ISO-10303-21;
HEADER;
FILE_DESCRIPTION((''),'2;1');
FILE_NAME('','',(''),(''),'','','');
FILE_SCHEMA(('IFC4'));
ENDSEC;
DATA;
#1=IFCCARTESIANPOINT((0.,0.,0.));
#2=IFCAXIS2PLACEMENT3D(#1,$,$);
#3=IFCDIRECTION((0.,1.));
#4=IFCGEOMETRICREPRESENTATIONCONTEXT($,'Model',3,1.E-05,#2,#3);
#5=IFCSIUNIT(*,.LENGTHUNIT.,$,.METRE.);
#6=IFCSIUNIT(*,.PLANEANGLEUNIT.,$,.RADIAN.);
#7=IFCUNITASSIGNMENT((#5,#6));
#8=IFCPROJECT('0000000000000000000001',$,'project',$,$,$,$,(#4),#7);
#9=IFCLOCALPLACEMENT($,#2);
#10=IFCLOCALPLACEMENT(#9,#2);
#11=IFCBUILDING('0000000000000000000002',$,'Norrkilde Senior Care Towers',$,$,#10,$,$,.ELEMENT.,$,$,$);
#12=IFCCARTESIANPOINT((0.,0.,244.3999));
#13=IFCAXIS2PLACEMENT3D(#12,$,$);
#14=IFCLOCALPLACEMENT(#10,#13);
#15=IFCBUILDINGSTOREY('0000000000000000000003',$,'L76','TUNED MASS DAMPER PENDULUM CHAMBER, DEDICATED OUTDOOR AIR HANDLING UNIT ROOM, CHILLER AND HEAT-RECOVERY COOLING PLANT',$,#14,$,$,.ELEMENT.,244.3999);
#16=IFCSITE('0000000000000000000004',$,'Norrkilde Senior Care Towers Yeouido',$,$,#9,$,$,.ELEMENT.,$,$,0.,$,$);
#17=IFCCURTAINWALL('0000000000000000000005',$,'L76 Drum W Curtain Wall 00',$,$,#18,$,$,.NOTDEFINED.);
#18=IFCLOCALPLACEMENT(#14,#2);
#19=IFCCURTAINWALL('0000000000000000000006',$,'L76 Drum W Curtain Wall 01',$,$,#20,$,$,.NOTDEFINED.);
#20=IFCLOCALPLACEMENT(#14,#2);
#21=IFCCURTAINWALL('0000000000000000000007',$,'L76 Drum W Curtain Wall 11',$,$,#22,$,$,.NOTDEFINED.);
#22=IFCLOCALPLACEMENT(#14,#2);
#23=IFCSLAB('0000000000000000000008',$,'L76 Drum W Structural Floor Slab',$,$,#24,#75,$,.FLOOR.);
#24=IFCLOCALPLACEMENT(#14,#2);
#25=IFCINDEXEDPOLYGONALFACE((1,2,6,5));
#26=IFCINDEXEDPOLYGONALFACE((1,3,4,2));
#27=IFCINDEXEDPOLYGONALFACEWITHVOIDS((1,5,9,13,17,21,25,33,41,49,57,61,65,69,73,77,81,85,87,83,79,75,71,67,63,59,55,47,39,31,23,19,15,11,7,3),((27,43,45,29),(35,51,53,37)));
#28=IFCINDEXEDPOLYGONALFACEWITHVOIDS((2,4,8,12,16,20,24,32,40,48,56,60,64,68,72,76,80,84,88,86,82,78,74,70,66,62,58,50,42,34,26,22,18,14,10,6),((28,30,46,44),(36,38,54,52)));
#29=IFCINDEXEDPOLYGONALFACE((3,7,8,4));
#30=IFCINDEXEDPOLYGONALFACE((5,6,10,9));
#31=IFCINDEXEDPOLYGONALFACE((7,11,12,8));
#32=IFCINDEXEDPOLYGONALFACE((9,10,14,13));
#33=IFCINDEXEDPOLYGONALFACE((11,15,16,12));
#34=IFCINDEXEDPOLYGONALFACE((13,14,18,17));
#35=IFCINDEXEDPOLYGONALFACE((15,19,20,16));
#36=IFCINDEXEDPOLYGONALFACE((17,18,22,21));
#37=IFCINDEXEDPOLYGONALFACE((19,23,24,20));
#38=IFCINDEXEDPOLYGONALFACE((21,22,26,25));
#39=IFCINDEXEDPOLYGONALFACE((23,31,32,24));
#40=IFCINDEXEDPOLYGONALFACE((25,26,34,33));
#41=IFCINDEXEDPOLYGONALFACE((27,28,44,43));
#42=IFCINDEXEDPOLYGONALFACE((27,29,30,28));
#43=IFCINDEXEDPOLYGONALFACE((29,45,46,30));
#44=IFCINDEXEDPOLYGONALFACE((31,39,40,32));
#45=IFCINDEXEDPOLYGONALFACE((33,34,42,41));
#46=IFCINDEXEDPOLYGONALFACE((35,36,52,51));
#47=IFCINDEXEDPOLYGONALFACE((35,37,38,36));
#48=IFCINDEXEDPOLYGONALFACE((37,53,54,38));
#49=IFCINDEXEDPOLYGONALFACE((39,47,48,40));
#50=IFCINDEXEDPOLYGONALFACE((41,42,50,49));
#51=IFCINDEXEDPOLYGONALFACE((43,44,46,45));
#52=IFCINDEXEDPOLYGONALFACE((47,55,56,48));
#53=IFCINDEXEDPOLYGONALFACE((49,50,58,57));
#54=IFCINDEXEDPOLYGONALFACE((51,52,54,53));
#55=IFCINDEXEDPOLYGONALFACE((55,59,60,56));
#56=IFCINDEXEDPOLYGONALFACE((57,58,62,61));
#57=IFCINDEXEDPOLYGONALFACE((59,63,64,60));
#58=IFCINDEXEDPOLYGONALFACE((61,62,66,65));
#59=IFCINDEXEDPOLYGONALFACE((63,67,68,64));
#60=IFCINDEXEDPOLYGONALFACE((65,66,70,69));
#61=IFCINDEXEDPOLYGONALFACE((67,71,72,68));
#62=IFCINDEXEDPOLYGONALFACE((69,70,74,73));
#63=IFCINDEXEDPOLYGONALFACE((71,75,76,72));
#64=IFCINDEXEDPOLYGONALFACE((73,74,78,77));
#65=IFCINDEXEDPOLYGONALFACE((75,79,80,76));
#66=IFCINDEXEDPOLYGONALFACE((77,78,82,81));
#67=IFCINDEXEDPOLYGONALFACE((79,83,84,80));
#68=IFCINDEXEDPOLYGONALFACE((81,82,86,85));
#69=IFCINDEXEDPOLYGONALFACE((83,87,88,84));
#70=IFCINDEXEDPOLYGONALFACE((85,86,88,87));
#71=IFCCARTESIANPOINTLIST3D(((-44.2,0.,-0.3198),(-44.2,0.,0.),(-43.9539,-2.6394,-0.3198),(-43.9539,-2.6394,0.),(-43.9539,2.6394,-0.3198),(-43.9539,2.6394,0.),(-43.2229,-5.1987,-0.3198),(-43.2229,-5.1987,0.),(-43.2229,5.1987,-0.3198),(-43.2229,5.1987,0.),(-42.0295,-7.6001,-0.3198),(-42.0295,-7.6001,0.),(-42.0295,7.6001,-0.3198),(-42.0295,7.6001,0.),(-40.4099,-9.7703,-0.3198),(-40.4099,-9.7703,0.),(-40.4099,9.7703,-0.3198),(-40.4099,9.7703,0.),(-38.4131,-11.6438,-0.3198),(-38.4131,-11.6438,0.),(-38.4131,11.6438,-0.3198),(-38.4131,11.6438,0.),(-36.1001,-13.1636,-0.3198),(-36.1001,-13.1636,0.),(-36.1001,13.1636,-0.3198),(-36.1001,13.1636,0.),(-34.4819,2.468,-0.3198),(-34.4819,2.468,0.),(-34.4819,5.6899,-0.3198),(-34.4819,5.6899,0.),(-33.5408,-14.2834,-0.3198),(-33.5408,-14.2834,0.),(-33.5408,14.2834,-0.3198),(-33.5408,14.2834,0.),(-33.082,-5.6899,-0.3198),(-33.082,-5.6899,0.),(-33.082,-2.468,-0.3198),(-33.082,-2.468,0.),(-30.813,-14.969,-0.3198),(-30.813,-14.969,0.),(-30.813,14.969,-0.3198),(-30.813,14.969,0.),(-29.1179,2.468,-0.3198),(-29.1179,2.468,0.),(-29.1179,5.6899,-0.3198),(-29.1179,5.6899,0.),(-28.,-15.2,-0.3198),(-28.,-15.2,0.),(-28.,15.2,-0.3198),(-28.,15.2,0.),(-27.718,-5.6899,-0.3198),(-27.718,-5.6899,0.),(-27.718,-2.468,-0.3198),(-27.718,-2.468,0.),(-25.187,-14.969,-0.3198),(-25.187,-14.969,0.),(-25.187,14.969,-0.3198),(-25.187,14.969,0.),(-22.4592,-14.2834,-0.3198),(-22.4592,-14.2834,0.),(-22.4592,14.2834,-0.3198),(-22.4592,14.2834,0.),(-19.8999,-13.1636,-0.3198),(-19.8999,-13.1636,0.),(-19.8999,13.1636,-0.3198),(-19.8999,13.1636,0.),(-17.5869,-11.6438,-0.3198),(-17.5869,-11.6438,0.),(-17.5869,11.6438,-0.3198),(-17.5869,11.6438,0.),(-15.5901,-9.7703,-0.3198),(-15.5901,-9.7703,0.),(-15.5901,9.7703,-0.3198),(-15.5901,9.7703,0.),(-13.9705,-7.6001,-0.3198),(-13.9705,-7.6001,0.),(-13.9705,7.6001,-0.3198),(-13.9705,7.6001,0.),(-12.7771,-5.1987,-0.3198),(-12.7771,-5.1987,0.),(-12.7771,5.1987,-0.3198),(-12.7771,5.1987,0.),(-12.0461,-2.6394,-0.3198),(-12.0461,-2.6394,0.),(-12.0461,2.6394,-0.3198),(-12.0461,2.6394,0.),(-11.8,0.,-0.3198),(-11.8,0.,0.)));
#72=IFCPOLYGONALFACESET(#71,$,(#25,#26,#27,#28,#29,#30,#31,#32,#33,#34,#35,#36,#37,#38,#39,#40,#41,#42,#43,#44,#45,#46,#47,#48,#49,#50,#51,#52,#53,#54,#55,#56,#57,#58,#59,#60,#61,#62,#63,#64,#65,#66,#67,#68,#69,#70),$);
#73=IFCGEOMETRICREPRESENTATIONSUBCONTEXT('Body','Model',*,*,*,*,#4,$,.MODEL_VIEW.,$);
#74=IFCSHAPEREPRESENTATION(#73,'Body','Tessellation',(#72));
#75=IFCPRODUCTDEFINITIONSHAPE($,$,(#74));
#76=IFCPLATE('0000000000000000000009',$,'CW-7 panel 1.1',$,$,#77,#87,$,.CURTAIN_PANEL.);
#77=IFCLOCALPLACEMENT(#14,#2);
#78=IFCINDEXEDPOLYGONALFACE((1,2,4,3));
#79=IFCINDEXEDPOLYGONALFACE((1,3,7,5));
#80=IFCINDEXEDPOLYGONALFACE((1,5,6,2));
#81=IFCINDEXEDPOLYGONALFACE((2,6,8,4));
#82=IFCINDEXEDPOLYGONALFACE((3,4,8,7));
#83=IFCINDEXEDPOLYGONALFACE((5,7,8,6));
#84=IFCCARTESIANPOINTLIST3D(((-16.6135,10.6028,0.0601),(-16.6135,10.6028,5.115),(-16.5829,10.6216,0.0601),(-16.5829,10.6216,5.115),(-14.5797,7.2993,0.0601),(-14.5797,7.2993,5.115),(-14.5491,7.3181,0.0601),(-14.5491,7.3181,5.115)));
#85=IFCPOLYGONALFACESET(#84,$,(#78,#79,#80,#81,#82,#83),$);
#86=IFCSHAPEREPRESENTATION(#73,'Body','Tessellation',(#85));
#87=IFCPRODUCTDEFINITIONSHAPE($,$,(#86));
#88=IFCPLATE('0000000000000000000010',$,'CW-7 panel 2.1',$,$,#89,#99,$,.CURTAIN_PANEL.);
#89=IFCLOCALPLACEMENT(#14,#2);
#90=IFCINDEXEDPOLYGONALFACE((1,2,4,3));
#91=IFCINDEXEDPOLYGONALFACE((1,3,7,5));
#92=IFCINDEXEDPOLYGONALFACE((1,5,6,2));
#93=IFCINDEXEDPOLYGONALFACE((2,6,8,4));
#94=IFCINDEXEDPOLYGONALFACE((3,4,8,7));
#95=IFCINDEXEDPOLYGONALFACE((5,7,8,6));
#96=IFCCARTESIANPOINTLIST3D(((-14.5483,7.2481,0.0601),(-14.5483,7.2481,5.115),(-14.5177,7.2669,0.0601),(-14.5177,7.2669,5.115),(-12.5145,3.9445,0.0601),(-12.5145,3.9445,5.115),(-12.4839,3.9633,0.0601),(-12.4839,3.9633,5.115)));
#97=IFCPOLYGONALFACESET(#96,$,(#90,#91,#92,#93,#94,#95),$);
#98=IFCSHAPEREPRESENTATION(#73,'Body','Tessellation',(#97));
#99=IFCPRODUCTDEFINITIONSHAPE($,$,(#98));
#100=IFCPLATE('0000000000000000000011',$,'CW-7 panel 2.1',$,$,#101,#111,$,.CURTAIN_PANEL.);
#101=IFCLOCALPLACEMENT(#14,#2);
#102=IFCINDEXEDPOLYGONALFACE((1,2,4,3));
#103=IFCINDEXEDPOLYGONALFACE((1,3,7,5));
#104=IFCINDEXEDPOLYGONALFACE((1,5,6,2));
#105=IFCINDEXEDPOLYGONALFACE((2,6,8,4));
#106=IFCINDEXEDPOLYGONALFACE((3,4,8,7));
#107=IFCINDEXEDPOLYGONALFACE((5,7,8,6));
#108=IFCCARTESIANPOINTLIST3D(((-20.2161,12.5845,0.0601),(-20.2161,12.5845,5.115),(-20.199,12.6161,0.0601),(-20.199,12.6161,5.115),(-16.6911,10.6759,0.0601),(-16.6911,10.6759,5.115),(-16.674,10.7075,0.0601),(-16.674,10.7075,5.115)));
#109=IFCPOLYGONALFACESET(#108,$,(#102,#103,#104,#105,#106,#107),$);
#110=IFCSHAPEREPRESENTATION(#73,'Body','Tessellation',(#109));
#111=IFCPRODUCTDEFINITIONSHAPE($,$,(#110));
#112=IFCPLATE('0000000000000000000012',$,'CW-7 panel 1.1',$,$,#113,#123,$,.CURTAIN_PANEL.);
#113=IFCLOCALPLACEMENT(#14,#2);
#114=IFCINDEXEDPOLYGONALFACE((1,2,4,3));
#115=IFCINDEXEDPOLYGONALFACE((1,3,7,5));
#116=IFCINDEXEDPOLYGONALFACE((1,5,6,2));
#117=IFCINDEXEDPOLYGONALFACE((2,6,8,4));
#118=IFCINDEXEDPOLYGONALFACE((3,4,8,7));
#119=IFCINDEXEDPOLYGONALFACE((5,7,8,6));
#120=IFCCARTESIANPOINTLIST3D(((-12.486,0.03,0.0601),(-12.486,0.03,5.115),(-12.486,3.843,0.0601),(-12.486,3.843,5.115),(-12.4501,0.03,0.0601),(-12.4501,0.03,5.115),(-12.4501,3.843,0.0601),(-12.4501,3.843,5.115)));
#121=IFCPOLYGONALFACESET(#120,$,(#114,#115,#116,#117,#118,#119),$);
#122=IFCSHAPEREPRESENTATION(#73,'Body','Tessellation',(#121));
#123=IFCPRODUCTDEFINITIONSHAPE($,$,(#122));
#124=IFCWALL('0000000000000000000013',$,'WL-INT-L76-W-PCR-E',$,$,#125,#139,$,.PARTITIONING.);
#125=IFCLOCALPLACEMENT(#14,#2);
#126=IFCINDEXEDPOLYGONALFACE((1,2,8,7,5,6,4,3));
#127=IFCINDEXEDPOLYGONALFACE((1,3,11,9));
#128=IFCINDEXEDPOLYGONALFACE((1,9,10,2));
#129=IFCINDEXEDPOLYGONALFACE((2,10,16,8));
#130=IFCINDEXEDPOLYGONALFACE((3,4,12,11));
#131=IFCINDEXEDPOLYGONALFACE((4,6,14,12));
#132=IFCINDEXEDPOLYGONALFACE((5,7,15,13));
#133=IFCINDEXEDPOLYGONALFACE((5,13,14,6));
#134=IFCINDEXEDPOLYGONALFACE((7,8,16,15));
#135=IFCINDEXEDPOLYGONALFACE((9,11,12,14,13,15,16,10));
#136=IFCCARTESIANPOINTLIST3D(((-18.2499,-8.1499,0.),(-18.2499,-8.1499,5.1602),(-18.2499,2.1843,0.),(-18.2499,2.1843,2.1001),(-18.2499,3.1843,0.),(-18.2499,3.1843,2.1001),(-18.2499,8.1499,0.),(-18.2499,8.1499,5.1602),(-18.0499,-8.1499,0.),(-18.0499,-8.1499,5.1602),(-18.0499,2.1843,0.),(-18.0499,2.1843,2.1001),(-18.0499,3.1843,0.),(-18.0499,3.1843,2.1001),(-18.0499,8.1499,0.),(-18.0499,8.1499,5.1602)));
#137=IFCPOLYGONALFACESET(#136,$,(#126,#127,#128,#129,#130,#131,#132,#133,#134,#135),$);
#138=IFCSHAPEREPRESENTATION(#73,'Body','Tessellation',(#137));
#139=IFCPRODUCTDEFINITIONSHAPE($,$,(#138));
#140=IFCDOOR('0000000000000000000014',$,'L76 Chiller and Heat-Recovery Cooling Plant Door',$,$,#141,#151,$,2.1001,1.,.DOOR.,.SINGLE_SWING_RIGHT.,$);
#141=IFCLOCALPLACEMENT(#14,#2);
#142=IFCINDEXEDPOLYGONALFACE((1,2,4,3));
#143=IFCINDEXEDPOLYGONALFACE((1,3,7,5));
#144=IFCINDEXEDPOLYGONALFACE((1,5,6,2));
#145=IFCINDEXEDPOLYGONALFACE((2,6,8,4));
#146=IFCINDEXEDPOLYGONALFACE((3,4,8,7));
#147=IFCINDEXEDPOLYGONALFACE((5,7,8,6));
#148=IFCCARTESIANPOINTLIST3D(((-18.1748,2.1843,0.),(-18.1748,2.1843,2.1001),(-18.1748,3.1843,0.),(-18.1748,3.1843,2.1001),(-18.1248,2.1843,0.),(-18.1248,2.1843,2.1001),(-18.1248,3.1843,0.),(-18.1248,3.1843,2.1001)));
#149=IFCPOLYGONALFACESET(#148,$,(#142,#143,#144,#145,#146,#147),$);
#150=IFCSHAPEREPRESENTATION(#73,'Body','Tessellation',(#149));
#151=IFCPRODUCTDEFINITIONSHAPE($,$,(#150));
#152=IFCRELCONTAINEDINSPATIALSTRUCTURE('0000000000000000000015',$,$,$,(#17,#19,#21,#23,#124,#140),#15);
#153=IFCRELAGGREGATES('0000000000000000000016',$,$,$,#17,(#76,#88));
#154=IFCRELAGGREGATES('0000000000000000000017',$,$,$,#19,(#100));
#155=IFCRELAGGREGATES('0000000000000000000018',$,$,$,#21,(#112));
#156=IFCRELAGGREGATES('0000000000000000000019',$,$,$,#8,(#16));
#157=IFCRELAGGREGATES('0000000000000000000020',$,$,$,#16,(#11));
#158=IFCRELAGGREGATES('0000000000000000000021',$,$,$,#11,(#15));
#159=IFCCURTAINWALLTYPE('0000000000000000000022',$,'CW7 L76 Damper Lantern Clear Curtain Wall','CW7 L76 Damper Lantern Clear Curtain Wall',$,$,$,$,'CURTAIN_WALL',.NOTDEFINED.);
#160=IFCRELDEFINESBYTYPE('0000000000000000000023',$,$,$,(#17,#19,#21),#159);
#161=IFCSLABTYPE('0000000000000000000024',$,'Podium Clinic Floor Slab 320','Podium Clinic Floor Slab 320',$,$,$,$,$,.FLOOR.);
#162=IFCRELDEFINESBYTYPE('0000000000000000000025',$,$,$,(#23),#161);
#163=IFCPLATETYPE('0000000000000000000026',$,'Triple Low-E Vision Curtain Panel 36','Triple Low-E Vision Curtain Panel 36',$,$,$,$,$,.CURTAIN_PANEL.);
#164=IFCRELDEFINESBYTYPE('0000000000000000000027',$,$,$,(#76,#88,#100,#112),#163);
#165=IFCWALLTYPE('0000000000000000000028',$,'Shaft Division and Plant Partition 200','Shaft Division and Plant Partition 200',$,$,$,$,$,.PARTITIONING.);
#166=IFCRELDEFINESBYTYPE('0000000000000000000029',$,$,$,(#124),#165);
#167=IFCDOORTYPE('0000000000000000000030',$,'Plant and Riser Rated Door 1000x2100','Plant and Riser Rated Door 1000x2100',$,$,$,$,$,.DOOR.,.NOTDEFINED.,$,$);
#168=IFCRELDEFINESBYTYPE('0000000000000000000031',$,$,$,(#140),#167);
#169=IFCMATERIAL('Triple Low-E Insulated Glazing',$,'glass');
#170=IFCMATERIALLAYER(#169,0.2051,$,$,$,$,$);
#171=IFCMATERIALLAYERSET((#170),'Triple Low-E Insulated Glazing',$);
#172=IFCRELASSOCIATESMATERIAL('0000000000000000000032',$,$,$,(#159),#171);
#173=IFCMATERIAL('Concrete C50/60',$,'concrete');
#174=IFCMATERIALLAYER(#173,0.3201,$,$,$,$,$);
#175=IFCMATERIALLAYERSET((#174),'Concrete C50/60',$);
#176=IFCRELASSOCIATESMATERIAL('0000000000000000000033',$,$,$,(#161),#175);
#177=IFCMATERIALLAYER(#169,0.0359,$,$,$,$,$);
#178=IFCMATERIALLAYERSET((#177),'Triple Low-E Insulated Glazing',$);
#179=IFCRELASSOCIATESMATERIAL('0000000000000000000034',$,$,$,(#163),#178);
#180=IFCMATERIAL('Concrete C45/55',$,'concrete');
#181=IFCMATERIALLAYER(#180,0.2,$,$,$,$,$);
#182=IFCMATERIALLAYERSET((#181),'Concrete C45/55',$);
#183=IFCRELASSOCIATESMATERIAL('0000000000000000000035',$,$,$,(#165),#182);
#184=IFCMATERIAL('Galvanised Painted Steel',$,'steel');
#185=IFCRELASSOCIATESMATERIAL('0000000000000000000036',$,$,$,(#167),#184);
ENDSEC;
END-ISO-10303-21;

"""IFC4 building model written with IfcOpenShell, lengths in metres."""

from ifc_helpers import new_model, si_unit, direction, frame, frame_2d, origin, origin_2d, place, context, subcontext, project, spatial, polyline, rectangle, outline, extrude, source, transform, mapped, material, layer, layer_set, type_object, type_shapes, element, fill, aggregate, save


model = new_model("IFC4")

# Units and contexts
model_context = context("Model", 3, precision=1e-05, world=origin(), true_north=direction((0.0, 1.0)))
body_context = subcontext(model_context, "Body", "Model", "MODEL_VIEW")
ifc_project = project(units=[si_unit("LENGTHUNIT", "METRE"), si_unit("PLANEANGLEUNIT", "RADIAN")], contexts=[model_context])

# Site, building, storey
site_placement = place(None, origin())
site = spatial("IfcSite", under=ifc_project, at=site_placement, Name="Norrkilde Senior Care Towers Yeouido", CompositionType="ELEMENT", RefElevation=0.0)
building_placement = place(site_placement, origin())
building = spatial("IfcBuilding", under=site, at=building_placement, Name="Norrkilde Senior Care Towers", CompositionType="ELEMENT")
storey_placement = place(building_placement, frame((0.0, 0.0, 244.3999)))
storey = spatial("IfcBuildingStorey", under=building, at=storey_placement, Name="L76", Description="TUNED MASS DAMPER PENDULUM CHAMBER, DEDICATED OUTDOOR AIR HANDLING UNIT ROOM, CHILLER AND HEAT-RECOVERY COOLING PLANT", CompositionType="ELEMENT", Elevation=244.3999)

# Shared definitions
ifc_material_1 = material(Name="Concrete C50/60", Category="concrete")

# Curtain wall
ifc_material_2 = material(Name="Triple Low-E Insulated Glazing", Category="glass")
ifc_layer_1 = layer(ifc_material_2, 0.2051)
ifc_layer_set_1 = layer_set([ifc_layer_1], Name="Triple Low-E Insulated Glazing")
curtain_wall_type = type_object("IfcCurtainWallType", Name="CW7 L76 Damper Lantern Clear Curtain Wall", Description="CW7 L76 Damper Lantern Clear Curtain Wall", ElementType="CURTAIN_WALL", PredefinedType="NOTDEFINED", material=ifc_layer_set_1)
curtain_wall_1_placement = place(storey_placement, origin())
curtain_wall_1 = element("IfcCurtainWall", 1, at=curtain_wall_1_placement, inside=storey, type_object=curtain_wall_type, Name="L76 Drum W Curtain Wall 00", PredefinedType="NOTDEFINED")

# Curtain wall
curtain_wall_2_placement = place(storey_placement, origin())
curtain_wall_2 = element("IfcCurtainWall", 2, at=curtain_wall_2_placement, inside=storey, type_object=curtain_wall_type, Name="L76 Drum W Curtain Wall 01", PredefinedType="NOTDEFINED")

# Curtain wall
curtain_wall_3_placement = place(storey_placement, origin())
curtain_wall_3 = element("IfcCurtainWall", 3, at=curtain_wall_3_placement, inside=storey, type_object=curtain_wall_type, Name="L76 Drum W Curtain Wall 11", PredefinedType="NOTDEFINED")

# Slab
ifc_layer_2 = layer(ifc_material_1, 0.3201)
ifc_layer_set_2 = layer_set([ifc_layer_2], Name="Concrete C50/60")
slab_type = type_object("IfcSlabType", Name="Podium Clinic Floor Slab 320", Description="Podium Clinic Floor Slab 320", PredefinedType="FLOOR", material=ifc_layer_set_2)
slab_placement = place(storey_placement, frame((0.0, 0.0, -0.3198)))
element("IfcSlab", 4, at=slab_placement, inside=storey, type_object=slab_type, Name="L76 Drum W Structural Floor Slab", PredefinedType="FLOOR", context=body_context, shape_type="SweptSolid", body=[
    extrude(outline(polyline([(-12.7771, -5.1987), (-13.9705, -7.6001), (-15.5901, -9.7703), (-17.5869, -11.6438), (-19.8999, -13.1636), (-22.4592, -14.2834), (-25.187, -14.969), (-28.0, -15.2), (-30.813, -14.969), (-33.5408, -14.2834), (-36.1001, -13.1636), (-38.4131, -11.6438), (-40.4099, -9.7703), (-42.0295, -7.6001), (-43.2229, -5.1987), (-43.9539, -2.6394), (-44.2, 0.0), (-43.9539, 2.6394), (-43.2229, 5.1987), (-42.0295, 7.6001), (-40.4099, 9.7703), (-38.4131, 11.6438), (-36.1001, 13.1636), (-33.5408, 14.2834), (-30.813, 14.969), (-28.0, 15.2), (-25.187, 14.969), (-22.4592, 14.2834), (-19.8999, 13.1636), (-17.5869, 11.6438), (-15.5901, 9.7703), (-13.9705, 7.6001), (-12.7771, 5.1987), (-12.0461, 2.6394), (-11.8, 0.0), (-12.0461, -2.6394), (-12.7771, -5.1987)]), holes=[polyline([(-34.4819, 2.468), (-29.1179, 2.468), (-29.1179, 5.6899), (-34.4819, 5.6899), (-34.4819, 2.468)]), polyline([(-27.718, -5.6899), (-27.718, -2.468), (-33.082, -2.468), (-33.082, -5.6899), (-27.718, -5.6899)])]), origin(), (0.0, 0.0, 1.0), 0.3198),
])

# Plates
ifc_layer_3 = layer(ifc_material_2, 0.0359)
ifc_layer_set_3 = layer_set([ifc_layer_3], Name="Triple Low-E Insulated Glazing")
plate_type = type_object("IfcPlateType", Name="Triple Low-E Vision Curtain Panel 36", Description="Triple Low-E Vision Curtain Panel 36", PredefinedType="CURTAIN_PANEL", material=ifc_layer_set_3)
shared_shape_1 = source(origin(), body_context, "Body", "SweptSolid", [
    extrude(rectangle(XDim=3.8794, YDim=0.0359, at=origin_2d()), origin(), (0.0, 0.0, 1.0), 5.0549),
])
plate_1_placement = place(storey_placement, frame((-15.5813, 8.9604, 0.0601), z_axis=(0.0, 0.0, 1.0), x_axis=(0.524253, -0.851563, 0.0)))
plate_1 = element("IfcPlate", 5, at=plate_1_placement, type_object=plate_type, Name="CW-7 panel 1.1", PredefinedType="CURTAIN_PANEL", context=body_context, shape_type="MappedRepresentation", body=[
    mapped(shared_shape_1, transform((0.0, 0.0, 0.0), x_axis=(1.0, 0.0, 0.0), y_axis=(0.0, 1.0, 0.0), z_axis=(0.0, 0.0, 1.0), scale=1.0)),
])
plate_2_placement = place(storey_placement, frame((-13.5161, 5.6057, 0.0601), z_axis=(0.0, 0.0, 1.0), x_axis=(0.524253, -0.851563, 0.0)))
plate_2 = element("IfcPlate", 6, at=plate_2_placement, type_object=plate_type, Name="CW-7 panel 2.1", PredefinedType="CURTAIN_PANEL", context=body_context, shape_type="MappedRepresentation", body=[
    mapped(shared_shape_1, transform((0.0, 0.0, 0.0), x_axis=(1.0, 0.0, 0.0), y_axis=(0.0, 1.0, 0.0), z_axis=(0.0, 0.0, 1.0), scale=1.0)),
])
aggregate(curtain_wall_1, [plate_1, plate_2])
shared_shape_2 = source(origin(), body_context, "Body", "SweptSolid", [
    extrude(rectangle(XDim=4.0085, YDim=0.0359, at=origin_2d()), origin(), (0.0, 0.0, 1.0), 5.0549),
])
plate_3_placement = place(storey_placement, frame((-18.4451, 11.646, 0.0601), z_axis=(0.0, 0.0, 1.0), x_axis=(0.879373, -0.476133, 0.0)))
plate_3 = element("IfcPlate", 7, at=plate_3_placement, type_object=plate_type, Name="CW-7 panel 2.1", PredefinedType="CURTAIN_PANEL", context=body_context, shape_type="MappedRepresentation", body=[
    mapped(shared_shape_2, transform((0.0, 0.0, 0.0), x_axis=(1.0, 0.0, 0.0), y_axis=(0.0, 1.0, 0.0), z_axis=(0.0, 0.0, 1.0), scale=1.0)),
])
aggregate(curtain_wall_2, [plate_3])
shared_shape_3 = source(origin(), body_context, "Body", "SweptSolid", [
    extrude(rectangle(XDim=3.813, YDim=0.0359, at=origin_2d()), origin(), (0.0, 0.0, 1.0), 5.0549),
])
type_shapes(plate_type, [shared_shape_1, shared_shape_2, shared_shape_3])
plate_4_placement = place(storey_placement, frame((-12.468, 1.9365, 0.0601), z_axis=(0.0, 0.0, 1.0), x_axis=(0.0, -1.0, 0.0)))
plate_4 = element("IfcPlate", 8, at=plate_4_placement, type_object=plate_type, Name="CW-7 panel 1.1", PredefinedType="CURTAIN_PANEL", context=body_context, shape_type="MappedRepresentation", body=[
    mapped(shared_shape_3, transform((0.0, 0.0, 0.0), x_axis=(1.0, 0.0, 0.0), y_axis=(0.0, 1.0, 0.0), z_axis=(0.0, 0.0, 1.0), scale=1.0)),
])
aggregate(curtain_wall_3, [plate_4])

# Wall, opening, door
ifc_material_3 = material(Name="Concrete C45/55", Category="concrete")
ifc_layer_4 = layer(ifc_material_3, 0.2)
ifc_layer_set_4 = layer_set([ifc_layer_4], Name="Concrete C45/55")
wall_type = type_object("IfcWallType", Name="Shaft Division and Plant Partition 200", Description="Shaft Division and Plant Partition 200", PredefinedType="PARTITIONING", material=ifc_layer_set_4)
shared_shape_4 = source(origin(), body_context, "Body", "SweptSolid", [
    extrude(rectangle(XDim=16.2998, YDim=0.2, at=frame_2d((8.1499, 0.0))), origin(), (0.0, 0.0, 1.0), 5.1602),
])
type_shapes(wall_type, [shared_shape_4])
wall_placement = place(storey_placement, frame((-18.1499, 8.1499, 0.0), z_axis=(0.0, 0.0, 1.0), x_axis=(0.0, -1.0, 0.0)))
wall = element("IfcWall", 9, at=wall_placement, inside=storey, type_object=wall_type, Name="WL-INT-L76-W-PCR-E", PredefinedType="PARTITIONING", context=body_context, shape_type="MappedRepresentation", body=[
    mapped(shared_shape_4, transform((0.0, 0.0, 0.0), x_axis=(1.0, 0.0, 0.0), y_axis=(0.0, 1.0, 0.0), z_axis=(0.0, 0.0, 1.0), scale=1.0)),
])
opening_placement = place(wall_placement, frame((4.9656, 0.0, 0.0)))
opening = element("IfcOpeningElement", 10, at=opening_placement, cuts=wall, PredefinedType="OPENING", context=body_context, shape_type="SweptSolid", body=[
    extrude(rectangle(XDim=1.0, YDim=2.1001, at=frame_2d((0.5, 1.05))), frame((0.0, 0.1099, 0.0), z_axis=(0.0, -1.0, 0.0), x_axis=(1.0, 0.0, 0.0)), (0.0, 0.0, 1.0), 0.22),
])
ifc_material_4 = material(Name="Galvanised Painted Steel", Category="steel")
door_type = type_object("IfcDoorType", Name="Plant and Riser Rated Door 1000x2100", Description="Plant and Riser Rated Door 1000x2100", OperationType="NOTDEFINED", PredefinedType="DOOR", material=ifc_material_4)
shared_shape_5 = source(origin(), body_context, "Body", "SweptSolid", [
    extrude(rectangle(XDim=1.0, YDim=2.1001, at=frame_2d((0.5, 1.05))), frame((0.0, 0.0249, 0.0), z_axis=(0.0, -1.0, 0.0), x_axis=(1.0, 0.0, 0.0)), (0.0, 0.0, 1.0), 0.05),
])
type_shapes(door_type, [shared_shape_5])
door_placement = place(opening_placement, frame((1.0, 0.0, 0.0), z_axis=(0.0, 0.0, 1.0), x_axis=(-1.0, 0.0, 0.0)))
door = element("IfcDoor", 11, at=door_placement, inside=storey, type_object=door_type, Name="L76 Chiller and Heat-Recovery Cooling Plant Door", OperationType="SINGLE_SWING_RIGHT", OverallHeight=2.1001, OverallWidth=1.0, PredefinedType="DOOR", context=body_context, shape_type="MappedRepresentation", body=[
    mapped(shared_shape_5, transform((0.0, 0.0, 0.0), x_axis=(1.0, 0.0, 0.0), y_axis=(0.0, 1.0, 0.0), z_axis=(0.0, 0.0, 1.0), scale=1.0)),
])
fill(opening, door)

save(model, "model.ifc")
